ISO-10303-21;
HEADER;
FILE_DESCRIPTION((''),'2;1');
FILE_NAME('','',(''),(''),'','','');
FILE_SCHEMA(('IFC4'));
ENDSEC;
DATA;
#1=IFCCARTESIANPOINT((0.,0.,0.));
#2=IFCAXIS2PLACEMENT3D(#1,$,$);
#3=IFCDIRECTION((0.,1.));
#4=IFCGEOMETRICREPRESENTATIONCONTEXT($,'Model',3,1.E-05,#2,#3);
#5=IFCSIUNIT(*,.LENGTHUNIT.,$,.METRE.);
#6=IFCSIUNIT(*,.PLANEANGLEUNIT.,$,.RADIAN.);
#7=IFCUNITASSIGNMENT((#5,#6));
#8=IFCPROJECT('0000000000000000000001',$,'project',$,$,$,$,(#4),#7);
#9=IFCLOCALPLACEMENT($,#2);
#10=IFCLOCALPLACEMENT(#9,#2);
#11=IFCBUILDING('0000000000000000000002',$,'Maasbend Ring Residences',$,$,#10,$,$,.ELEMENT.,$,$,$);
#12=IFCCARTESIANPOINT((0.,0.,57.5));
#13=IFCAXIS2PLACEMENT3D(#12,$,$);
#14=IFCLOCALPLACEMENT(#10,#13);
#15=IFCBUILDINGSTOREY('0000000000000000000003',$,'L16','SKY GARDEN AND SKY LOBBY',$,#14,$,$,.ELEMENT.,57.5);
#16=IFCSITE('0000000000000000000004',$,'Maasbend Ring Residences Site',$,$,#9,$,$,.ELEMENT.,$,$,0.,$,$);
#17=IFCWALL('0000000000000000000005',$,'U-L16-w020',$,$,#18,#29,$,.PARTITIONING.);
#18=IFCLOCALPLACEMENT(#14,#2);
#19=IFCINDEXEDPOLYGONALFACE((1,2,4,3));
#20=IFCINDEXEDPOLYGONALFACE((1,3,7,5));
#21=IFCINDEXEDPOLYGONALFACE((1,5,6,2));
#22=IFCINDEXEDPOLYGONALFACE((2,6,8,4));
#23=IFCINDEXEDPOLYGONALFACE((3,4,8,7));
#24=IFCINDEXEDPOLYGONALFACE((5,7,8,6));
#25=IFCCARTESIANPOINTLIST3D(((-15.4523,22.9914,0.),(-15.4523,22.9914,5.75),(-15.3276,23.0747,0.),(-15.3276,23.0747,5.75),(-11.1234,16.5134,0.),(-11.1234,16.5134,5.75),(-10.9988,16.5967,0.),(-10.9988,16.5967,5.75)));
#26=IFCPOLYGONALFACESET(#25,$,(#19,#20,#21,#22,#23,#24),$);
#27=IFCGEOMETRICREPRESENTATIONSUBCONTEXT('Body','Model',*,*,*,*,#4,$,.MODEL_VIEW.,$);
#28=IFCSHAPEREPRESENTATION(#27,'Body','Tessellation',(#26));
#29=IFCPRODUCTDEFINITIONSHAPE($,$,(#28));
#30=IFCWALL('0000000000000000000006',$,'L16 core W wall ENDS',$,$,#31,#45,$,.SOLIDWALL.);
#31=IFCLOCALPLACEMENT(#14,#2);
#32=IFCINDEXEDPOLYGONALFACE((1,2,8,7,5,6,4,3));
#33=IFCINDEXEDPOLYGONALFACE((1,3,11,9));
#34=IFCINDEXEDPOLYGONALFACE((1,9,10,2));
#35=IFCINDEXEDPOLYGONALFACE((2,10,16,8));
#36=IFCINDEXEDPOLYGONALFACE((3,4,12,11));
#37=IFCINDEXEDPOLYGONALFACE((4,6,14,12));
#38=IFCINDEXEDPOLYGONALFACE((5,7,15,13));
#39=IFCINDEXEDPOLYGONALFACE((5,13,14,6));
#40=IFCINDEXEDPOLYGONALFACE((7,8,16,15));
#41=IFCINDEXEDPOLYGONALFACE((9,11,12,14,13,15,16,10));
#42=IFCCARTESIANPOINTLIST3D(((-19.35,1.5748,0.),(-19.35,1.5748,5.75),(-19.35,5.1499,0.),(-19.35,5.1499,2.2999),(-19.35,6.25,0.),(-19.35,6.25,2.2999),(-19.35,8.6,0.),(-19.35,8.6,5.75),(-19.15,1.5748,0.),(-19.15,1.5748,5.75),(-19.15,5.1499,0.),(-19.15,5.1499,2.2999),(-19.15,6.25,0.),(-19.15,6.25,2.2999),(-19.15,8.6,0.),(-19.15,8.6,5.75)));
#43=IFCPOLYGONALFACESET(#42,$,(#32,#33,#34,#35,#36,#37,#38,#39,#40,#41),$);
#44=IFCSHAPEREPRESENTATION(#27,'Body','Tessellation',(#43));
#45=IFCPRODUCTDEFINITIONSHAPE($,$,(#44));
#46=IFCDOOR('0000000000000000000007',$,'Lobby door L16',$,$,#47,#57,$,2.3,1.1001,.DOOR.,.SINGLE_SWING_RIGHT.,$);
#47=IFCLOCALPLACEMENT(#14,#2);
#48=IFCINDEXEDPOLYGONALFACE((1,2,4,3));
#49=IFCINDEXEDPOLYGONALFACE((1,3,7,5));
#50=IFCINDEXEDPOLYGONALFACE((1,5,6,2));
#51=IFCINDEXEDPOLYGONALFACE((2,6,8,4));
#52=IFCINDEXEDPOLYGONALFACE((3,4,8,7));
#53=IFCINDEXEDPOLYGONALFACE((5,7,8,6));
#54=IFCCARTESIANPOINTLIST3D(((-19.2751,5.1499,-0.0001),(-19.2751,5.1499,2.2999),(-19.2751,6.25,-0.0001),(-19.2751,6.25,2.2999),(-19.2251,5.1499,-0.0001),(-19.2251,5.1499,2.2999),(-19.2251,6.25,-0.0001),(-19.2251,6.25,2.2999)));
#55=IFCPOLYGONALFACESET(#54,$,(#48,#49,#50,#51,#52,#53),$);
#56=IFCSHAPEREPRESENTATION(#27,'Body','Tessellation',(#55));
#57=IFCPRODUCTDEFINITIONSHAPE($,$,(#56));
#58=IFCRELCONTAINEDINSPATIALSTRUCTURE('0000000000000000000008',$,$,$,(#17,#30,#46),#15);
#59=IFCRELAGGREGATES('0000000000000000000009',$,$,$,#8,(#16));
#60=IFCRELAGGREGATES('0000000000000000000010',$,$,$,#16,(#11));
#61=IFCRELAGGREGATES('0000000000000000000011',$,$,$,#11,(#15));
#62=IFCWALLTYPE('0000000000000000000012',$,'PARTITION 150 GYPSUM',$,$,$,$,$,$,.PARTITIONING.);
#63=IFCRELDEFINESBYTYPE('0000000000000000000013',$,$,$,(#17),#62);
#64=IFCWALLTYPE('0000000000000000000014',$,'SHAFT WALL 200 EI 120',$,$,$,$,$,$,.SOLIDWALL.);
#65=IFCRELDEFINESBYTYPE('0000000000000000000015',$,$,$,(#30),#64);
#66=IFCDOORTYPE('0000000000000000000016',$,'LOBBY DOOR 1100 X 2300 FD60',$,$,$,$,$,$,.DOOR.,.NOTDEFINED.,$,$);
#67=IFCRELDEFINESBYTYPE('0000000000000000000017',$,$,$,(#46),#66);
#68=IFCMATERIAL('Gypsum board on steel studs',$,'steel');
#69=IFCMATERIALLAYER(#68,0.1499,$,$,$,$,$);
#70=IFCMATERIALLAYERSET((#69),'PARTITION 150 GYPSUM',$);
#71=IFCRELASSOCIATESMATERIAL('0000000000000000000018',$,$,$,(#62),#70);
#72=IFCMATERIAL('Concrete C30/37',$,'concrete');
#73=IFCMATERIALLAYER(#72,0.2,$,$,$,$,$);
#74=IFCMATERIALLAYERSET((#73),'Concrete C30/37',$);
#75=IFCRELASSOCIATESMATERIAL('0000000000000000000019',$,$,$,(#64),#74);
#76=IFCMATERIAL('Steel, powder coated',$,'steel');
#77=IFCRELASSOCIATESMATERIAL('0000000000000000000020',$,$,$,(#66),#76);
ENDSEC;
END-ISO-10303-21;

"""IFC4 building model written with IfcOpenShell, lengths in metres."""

from ifc_helpers import new_model, si_unit, direction, frame, frame_2d, origin, place, context, subcontext, project, spatial, rectangle, extrude, material, layer, layer_set, type_object, element, fill, save


model = new_model("IFC4")

# Units and contexts
model_context = context("Model", 3, precision=1e-05, world=origin(), true_north=direction((0.0, 1.0)))
body_context = subcontext(model_context, "Body", "Model", "MODEL_VIEW")
ifc_project = project(units=[si_unit("LENGTHUNIT", "METRE"), si_unit("PLANEANGLEUNIT", "RADIAN")], contexts=[model_context])

# Site, building, storey
site_placement = place(None, origin())
site = spatial("IfcSite", under=ifc_project, at=site_placement, Name="Maasbend Ring Residences Site", CompositionType="ELEMENT", RefElevation=0.0)
building_placement = place(site_placement, origin())
building = spatial("IfcBuilding", under=site, at=building_placement, Name="Maasbend Ring Residences", CompositionType="ELEMENT")
storey_placement = place(building_placement, frame((0.0, 0.0, 57.5)))
storey = spatial("IfcBuildingStorey", under=building, at=storey_placement, Name="L16", Description="SKY GARDEN AND SKY LOBBY", CompositionType="ELEMENT", Elevation=57.5)

# Wall
ifc_material_1 = material(Name="Gypsum board on steel studs", Category="steel")
ifc_layer_1 = layer(ifc_material_1, 0.1499)
ifc_layer_set_1 = layer_set([ifc_layer_1], Name="PARTITION 150 GYPSUM")
wall_type_1 = type_object("IfcWallType", Name="PARTITION 150 GYPSUM", PredefinedType="PARTITIONING", material=ifc_layer_set_1)
wall_1_placement = place(storey_placement, frame((-15.3899, 23.033, 0.0), z_axis=(0.0, 0.0, 1.0), x_axis=(0.555604, -0.831447, 0.0)))
element("IfcWall", 1, at=wall_1_placement, inside=storey, type_object=wall_type_1, Name="U-L16-w020", PredefinedType="PARTITIONING", context=body_context, shape_type="SweptSolid", body=[
    extrude(rectangle(XDim=7.7913, YDim=0.1499, at=frame_2d((3.8955, 0.0))), origin(), (0.0, 0.0, 1.0), 5.75),
])

# Wall, opening, door
ifc_material_2 = material(Name="Concrete C30/37", Category="concrete")
ifc_layer_2 = layer(ifc_material_2, 0.2)
ifc_layer_set_2 = layer_set([ifc_layer_2], Name="Concrete C30/37")
wall_type_2 = type_object("IfcWallType", Name="SHAFT WALL 200 EI 120", PredefinedType="SOLIDWALL", material=ifc_layer_set_2)
wall_2_placement = place(storey_placement, frame((-19.25, 8.6001, 0.0), z_axis=(0.0, 0.0, 1.0), x_axis=(0.0, -1.0, 0.0)))
wall_2 = element("IfcWall", 2, at=wall_2_placement, inside=storey, type_object=wall_type_2, Name="L16 core W wall ENDS", PredefinedType="SOLIDWALL", context=body_context, shape_type="SweptSolid", body=[
    extrude(rectangle(XDim=7.0251, YDim=0.2, at=frame_2d((3.5127, 0.0))), origin(), (0.0, 0.0, 1.0), 5.75),
])
opening_1_placement = place(wall_2_placement, frame((2.3501, 0.0, 0.0)))
opening_1 = element("IfcOpeningElement", 3, at=opening_1_placement, cuts=wall_2, PredefinedType="OPENING", context=body_context, shape_type="SweptSolid", body=[
    extrude(rectangle(XDim=1.1001, YDim=2.3, at=frame_2d((0.55, 1.1499))), frame((0.0, 0.1099, 0.0), z_axis=(0.0, -1.0, 0.0), x_axis=(1.0, 0.0, 0.0)), (0.0, 0.0, 1.0), 0.22),
])
ifc_material_3 = material(Name="Steel, powder coated", Category="steel")
door_type_1 = type_object("IfcDoorType", Name="LOBBY DOOR 1100 X 2300 FD60", OperationType="NOTDEFINED", PredefinedType="DOOR", material=ifc_material_3)
door_1_placement = place(opening_1_placement, origin())
door_1 = element("IfcDoor", 4, at=door_1_placement, inside=storey, type_object=door_type_1, Name="Lobby door L16", OperationType="SINGLE_SWING_RIGHT", OverallHeight=2.3, OverallWidth=1.1001, PredefinedType="DOOR", context=body_context, shape_type="SweptSolid", body=[
    extrude(rectangle(XDim=1.1001, YDim=2.3, at=frame_2d((0.55, 1.1499))), frame((0.0, 0.0249, 0.0), z_axis=(0.0, -1.0, 0.0), x_axis=(1.0, 0.0, 0.0)), (0.0, 0.0, 1.0), 0.05),
])
fill(opening_1, door_1)

save(model, "model.ifc")
